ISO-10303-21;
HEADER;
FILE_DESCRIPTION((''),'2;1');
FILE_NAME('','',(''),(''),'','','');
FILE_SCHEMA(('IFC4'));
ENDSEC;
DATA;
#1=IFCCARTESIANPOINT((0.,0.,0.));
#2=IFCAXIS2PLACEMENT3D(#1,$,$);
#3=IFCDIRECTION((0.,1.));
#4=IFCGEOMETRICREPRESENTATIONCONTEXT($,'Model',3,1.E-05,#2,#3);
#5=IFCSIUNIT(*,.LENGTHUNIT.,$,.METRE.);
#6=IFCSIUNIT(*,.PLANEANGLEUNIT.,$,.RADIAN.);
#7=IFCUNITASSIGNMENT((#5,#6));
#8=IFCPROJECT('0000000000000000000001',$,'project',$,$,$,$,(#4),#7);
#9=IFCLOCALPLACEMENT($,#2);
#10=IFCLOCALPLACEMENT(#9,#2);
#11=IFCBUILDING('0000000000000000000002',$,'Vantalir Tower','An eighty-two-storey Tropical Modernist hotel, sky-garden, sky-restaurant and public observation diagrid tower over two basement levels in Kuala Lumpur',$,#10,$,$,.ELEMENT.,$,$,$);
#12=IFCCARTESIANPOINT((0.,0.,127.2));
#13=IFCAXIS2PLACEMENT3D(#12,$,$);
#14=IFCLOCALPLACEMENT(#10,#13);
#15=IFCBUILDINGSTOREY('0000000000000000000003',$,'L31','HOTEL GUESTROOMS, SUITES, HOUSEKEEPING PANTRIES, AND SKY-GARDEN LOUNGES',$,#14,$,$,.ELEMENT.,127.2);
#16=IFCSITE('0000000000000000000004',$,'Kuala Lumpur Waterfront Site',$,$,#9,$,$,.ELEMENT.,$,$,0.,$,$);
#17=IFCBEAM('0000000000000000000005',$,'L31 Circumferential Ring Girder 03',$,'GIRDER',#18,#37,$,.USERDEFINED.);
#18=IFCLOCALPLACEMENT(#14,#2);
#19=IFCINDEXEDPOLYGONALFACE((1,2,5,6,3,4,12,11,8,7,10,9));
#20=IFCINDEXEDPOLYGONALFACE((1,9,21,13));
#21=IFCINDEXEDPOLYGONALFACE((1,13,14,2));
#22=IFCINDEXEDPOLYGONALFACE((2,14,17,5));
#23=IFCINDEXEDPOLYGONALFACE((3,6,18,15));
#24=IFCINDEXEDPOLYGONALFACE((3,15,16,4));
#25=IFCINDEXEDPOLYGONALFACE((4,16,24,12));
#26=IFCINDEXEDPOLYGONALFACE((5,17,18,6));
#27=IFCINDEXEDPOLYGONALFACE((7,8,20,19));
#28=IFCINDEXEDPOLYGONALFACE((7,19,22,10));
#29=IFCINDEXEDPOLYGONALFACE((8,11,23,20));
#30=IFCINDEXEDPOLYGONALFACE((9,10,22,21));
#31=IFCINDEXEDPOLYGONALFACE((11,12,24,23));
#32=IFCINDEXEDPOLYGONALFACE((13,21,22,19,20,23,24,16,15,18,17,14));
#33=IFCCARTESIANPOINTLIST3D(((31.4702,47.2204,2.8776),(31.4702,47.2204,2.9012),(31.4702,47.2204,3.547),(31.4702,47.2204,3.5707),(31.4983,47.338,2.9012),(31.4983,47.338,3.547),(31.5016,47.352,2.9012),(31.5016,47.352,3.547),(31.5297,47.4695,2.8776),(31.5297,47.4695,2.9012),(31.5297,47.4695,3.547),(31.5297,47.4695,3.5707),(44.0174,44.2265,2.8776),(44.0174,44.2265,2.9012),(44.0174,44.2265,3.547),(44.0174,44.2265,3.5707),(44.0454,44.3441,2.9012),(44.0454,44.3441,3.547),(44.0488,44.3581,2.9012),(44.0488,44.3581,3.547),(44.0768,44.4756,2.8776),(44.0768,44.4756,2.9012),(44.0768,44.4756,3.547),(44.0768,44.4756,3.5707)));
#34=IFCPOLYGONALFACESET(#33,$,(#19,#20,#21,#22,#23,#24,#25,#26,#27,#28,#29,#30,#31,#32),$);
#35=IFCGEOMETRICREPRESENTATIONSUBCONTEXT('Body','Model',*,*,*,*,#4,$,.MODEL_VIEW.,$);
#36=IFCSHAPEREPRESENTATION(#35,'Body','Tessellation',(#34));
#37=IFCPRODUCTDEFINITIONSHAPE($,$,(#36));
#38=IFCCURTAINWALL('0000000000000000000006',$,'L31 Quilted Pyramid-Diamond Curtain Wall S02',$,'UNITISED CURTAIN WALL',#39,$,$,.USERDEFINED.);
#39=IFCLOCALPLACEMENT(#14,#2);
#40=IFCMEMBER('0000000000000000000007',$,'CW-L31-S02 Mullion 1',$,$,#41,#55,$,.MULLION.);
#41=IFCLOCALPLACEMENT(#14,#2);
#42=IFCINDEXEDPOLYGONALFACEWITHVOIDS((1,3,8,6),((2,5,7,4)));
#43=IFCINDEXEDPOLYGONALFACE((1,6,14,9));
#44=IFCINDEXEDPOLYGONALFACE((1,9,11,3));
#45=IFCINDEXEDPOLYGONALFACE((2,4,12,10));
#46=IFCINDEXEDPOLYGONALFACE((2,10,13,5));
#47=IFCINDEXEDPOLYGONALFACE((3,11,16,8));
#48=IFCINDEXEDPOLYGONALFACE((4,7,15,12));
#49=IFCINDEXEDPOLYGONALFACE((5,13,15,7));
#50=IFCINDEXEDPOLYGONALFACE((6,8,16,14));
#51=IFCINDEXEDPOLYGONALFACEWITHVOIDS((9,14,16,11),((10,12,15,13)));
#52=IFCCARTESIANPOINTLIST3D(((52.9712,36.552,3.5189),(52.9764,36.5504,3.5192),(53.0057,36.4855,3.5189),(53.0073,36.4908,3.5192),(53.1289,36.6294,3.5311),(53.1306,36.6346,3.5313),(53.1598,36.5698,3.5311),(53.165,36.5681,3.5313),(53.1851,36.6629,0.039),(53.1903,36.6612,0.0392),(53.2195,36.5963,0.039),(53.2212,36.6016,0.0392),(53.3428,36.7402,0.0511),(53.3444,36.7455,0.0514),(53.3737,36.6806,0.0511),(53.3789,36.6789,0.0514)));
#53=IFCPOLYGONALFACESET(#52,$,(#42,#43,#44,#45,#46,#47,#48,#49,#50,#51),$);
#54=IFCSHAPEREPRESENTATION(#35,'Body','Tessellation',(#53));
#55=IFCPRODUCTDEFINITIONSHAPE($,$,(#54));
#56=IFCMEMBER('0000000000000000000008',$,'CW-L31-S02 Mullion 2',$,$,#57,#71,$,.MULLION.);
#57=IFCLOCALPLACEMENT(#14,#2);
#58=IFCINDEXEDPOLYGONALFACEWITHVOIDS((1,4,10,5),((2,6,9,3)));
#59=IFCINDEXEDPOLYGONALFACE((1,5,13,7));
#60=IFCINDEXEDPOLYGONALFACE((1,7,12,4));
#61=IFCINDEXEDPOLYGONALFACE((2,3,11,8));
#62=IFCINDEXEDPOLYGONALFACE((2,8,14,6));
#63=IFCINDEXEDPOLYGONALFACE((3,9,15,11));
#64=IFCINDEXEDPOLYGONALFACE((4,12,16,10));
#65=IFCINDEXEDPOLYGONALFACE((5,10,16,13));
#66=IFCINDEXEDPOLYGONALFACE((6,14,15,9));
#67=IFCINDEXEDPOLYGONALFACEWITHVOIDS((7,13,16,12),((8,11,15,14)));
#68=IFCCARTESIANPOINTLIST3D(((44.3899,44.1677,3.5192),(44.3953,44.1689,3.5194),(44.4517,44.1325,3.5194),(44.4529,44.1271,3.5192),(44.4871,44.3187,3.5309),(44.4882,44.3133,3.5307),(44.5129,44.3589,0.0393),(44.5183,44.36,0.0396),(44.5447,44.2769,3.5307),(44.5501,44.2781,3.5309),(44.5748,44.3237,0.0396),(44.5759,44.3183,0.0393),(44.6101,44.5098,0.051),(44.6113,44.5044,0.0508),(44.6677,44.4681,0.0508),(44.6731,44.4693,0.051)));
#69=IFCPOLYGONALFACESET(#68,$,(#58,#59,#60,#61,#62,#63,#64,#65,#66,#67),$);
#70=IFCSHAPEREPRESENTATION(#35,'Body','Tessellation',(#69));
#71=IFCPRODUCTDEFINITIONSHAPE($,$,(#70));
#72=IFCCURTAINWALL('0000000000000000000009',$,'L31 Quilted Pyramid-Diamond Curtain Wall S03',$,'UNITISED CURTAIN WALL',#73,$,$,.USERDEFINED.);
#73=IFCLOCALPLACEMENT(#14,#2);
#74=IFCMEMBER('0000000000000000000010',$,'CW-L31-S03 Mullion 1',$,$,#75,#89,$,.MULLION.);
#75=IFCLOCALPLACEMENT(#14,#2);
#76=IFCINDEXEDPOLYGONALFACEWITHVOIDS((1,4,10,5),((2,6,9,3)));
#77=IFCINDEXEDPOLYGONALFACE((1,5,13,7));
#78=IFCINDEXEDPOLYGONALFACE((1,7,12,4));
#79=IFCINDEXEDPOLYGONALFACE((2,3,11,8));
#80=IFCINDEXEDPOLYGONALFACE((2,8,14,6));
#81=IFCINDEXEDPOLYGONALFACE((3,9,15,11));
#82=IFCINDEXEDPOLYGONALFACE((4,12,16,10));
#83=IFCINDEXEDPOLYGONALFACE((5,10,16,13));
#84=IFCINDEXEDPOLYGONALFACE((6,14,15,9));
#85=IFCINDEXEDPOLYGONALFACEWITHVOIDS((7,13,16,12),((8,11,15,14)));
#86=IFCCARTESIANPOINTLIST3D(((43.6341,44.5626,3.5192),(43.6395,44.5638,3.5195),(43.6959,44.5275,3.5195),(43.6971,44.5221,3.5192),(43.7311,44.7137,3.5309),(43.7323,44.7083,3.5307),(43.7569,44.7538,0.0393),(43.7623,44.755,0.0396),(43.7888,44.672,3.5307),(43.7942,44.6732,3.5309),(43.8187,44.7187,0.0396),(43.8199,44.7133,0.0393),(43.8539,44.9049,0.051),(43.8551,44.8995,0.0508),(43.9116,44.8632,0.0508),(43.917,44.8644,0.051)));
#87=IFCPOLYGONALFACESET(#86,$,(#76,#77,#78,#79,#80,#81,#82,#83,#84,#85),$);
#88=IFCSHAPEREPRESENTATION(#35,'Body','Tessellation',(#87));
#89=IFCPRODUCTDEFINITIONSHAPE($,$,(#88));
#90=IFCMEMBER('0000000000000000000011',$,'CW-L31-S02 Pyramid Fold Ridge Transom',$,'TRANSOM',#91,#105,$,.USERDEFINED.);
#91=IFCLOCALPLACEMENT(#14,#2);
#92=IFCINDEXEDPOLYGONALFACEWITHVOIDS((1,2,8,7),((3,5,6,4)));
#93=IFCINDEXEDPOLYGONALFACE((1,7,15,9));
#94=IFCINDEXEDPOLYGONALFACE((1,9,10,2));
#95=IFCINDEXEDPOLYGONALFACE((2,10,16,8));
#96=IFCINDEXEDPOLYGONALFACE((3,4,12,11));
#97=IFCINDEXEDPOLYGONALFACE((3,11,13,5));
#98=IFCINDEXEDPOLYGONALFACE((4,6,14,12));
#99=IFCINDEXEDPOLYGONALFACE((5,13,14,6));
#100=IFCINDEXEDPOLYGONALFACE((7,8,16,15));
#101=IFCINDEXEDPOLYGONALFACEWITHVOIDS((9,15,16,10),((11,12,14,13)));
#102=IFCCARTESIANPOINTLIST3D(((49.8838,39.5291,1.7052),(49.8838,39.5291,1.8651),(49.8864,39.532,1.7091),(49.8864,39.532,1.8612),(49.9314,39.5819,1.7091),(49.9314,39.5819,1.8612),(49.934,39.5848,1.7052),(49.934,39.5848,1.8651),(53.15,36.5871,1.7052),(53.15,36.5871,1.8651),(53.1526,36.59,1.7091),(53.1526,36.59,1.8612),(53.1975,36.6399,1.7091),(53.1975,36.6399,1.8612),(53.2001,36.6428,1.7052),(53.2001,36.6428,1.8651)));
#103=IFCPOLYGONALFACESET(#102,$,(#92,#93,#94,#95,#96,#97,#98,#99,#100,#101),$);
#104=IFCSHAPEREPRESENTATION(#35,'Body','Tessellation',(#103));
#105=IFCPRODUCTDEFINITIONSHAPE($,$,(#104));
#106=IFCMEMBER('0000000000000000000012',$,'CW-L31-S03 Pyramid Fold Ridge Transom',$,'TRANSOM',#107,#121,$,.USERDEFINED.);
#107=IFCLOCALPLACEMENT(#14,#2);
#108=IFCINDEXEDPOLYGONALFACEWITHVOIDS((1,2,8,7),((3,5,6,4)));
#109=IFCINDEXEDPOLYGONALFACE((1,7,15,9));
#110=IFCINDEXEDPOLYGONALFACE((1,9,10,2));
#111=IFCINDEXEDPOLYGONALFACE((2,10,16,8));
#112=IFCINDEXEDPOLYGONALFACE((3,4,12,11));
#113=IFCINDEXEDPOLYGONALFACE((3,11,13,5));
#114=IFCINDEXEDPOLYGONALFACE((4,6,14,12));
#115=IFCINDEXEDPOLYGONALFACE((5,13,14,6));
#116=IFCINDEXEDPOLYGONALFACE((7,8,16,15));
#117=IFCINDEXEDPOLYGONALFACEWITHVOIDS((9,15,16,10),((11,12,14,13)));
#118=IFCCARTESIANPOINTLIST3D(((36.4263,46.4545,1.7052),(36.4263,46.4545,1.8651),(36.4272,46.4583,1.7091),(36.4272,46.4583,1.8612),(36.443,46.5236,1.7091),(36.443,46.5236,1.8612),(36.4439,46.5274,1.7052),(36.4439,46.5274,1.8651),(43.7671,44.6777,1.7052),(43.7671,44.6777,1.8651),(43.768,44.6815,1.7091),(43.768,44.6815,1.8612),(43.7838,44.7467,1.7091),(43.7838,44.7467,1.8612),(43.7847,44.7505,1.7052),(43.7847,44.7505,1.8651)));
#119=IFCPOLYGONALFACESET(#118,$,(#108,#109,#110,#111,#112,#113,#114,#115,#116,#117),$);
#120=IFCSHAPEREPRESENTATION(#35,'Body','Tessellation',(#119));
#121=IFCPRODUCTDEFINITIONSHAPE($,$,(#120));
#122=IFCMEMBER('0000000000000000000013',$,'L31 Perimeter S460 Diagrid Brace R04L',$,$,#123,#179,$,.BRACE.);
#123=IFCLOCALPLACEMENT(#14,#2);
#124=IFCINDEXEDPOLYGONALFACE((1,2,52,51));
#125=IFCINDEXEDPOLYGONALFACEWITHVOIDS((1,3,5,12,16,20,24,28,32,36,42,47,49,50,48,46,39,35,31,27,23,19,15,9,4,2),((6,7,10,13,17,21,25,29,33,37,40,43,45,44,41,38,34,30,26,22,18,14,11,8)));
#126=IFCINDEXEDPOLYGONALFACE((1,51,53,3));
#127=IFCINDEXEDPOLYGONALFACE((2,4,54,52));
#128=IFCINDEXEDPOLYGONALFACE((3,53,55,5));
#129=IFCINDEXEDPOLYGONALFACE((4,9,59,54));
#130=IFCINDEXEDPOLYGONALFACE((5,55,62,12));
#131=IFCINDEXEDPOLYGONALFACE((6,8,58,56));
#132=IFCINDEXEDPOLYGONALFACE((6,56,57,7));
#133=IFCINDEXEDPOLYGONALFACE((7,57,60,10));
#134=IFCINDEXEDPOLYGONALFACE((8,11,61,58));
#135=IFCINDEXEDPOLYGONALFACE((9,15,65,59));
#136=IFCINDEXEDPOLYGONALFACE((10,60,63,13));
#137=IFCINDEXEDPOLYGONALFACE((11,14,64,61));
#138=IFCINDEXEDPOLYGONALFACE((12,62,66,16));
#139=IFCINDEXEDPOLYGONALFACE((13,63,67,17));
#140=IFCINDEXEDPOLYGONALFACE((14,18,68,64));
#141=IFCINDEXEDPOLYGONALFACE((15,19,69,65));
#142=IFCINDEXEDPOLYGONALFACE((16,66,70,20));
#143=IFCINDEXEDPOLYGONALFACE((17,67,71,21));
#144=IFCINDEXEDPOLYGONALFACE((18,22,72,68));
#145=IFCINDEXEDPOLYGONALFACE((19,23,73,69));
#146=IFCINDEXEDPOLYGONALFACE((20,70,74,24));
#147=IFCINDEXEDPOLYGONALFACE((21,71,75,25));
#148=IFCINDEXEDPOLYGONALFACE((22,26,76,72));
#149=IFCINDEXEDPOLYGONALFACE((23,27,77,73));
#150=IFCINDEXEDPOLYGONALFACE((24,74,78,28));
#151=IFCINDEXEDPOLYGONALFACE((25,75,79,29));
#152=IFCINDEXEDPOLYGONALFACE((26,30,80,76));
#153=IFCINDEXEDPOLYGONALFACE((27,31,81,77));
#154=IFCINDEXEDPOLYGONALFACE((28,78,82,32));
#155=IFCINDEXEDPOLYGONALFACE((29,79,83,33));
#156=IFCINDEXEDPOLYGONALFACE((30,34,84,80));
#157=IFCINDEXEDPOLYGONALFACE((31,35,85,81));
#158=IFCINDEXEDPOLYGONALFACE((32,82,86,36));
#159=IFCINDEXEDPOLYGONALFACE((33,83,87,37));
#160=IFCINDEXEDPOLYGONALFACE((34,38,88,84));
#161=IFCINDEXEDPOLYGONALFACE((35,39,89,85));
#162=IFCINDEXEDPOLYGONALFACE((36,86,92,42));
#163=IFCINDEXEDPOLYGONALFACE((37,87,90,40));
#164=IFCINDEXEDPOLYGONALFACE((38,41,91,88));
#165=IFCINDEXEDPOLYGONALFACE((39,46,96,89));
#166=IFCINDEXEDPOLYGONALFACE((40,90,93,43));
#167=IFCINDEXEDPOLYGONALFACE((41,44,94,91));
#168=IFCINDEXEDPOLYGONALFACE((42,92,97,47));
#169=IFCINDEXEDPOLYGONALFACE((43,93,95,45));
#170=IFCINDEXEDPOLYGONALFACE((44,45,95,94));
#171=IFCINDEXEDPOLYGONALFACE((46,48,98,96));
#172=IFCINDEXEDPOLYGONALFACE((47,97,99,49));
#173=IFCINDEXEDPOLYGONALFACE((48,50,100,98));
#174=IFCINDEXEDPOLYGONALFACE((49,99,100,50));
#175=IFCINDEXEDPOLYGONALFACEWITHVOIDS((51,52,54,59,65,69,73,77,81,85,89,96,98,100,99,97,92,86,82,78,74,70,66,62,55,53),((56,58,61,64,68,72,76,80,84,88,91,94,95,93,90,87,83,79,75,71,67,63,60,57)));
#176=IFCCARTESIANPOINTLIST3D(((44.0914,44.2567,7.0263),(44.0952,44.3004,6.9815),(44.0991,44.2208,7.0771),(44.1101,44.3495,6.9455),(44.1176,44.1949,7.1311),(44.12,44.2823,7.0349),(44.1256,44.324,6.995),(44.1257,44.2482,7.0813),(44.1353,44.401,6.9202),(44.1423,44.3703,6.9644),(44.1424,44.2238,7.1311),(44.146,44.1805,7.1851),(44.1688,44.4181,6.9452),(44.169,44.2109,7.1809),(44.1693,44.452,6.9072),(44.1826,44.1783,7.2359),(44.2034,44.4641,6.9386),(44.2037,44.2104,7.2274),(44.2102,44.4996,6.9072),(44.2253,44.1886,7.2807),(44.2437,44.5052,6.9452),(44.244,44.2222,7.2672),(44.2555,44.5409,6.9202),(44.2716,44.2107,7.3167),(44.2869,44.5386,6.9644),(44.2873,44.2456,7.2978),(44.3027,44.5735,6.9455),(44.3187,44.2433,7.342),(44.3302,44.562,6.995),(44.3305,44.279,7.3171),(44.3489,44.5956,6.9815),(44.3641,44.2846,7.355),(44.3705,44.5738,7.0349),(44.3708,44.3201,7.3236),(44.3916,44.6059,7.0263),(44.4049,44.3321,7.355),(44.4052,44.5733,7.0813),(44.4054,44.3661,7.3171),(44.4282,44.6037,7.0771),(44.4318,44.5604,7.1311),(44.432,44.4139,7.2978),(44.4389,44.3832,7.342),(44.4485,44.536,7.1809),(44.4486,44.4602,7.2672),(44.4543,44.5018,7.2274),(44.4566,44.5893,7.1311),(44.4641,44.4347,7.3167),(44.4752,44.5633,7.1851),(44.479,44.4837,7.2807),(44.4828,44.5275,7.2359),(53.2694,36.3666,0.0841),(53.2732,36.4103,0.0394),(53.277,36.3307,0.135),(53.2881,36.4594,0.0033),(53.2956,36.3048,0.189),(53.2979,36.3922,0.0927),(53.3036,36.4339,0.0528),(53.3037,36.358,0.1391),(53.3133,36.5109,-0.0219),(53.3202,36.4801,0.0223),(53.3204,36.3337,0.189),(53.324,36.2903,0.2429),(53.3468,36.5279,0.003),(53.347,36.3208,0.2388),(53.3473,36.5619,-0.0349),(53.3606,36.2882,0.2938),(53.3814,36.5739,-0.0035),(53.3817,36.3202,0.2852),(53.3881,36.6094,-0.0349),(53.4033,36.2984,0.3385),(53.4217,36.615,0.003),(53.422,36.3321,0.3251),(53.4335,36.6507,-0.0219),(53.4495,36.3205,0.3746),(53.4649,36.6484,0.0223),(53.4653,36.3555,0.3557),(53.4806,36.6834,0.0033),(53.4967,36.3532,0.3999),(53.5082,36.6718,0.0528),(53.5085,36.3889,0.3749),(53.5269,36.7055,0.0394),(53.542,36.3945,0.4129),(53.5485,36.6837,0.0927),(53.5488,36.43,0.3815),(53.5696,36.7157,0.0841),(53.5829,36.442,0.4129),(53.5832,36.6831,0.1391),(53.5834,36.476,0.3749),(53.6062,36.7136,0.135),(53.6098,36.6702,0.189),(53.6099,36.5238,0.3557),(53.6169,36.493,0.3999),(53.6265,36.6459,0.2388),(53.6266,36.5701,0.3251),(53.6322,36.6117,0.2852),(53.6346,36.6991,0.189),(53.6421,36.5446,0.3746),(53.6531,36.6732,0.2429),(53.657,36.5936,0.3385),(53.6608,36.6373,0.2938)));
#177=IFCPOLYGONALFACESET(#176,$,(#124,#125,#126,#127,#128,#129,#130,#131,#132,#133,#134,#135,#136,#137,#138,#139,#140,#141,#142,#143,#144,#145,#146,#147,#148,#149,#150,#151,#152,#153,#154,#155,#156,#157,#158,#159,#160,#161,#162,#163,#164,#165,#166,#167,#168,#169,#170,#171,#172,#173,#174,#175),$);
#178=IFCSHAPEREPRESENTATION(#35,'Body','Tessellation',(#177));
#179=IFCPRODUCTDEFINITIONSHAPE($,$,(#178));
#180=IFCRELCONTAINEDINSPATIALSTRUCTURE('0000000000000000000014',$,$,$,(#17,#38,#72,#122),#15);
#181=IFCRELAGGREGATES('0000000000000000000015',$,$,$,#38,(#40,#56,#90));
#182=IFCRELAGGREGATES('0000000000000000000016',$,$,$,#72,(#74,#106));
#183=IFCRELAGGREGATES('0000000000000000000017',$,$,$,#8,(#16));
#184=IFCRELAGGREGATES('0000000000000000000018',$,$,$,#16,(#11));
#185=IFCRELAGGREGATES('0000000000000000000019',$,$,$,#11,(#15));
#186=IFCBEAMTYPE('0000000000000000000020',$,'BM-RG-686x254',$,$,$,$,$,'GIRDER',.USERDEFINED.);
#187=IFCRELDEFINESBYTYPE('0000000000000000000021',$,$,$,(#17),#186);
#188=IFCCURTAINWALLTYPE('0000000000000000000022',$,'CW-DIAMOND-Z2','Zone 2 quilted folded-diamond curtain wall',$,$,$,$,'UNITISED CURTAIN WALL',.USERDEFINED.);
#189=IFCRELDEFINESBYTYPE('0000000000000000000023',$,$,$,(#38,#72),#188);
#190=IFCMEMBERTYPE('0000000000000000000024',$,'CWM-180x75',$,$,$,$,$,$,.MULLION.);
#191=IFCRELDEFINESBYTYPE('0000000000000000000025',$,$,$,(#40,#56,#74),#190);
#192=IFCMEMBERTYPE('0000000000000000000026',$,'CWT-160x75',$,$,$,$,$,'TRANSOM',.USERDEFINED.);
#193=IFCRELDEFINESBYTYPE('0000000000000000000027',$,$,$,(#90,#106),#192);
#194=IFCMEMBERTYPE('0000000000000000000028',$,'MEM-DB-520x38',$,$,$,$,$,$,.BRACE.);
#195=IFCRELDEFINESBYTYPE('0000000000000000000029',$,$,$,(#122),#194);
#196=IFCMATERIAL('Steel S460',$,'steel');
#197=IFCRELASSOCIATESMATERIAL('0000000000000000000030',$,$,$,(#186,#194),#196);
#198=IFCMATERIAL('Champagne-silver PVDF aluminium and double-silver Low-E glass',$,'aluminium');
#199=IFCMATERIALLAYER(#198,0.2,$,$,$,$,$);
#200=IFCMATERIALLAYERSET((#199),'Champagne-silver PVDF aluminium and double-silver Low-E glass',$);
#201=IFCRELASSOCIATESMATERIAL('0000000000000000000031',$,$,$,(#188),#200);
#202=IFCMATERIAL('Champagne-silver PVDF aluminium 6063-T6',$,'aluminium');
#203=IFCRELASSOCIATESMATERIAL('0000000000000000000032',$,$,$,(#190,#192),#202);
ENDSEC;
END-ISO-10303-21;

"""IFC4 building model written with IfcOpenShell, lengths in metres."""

from ifc_helpers import new_model, si_unit, direction, frame, origin, origin_2d, place, context, subcontext, project, spatial, hollow_rectangle, hollow_circle, i_section, extrude, material, layer, layer_set, material_profile, profile_set, type_object, element, aggregate, save


model = new_model("IFC4")

# Units and contexts
model_context = context("Model", 3, precision=1e-05, world=origin(), true_north=direction((0.0, 1.0)))
body_context = subcontext(model_context, "Body", "Model", "MODEL_VIEW")
ifc_project = project(units=[si_unit("LENGTHUNIT", "METRE"), si_unit("PLANEANGLEUNIT", "RADIAN")], contexts=[model_context])

# Site, building, storey
site_placement = place(None, origin())
site = spatial("IfcSite", under=ifc_project, at=site_placement, Name="Kuala Lumpur Waterfront Site", CompositionType="ELEMENT", RefElevation=0.0)
building_placement = place(site_placement, origin())
building = spatial("IfcBuilding", under=site, at=building_placement, Name="Vantalir Tower", Description="An eighty-two-storey Tropical Modernist hotel, sky-garden, sky-restaurant and public observation diagrid tower over two basement levels in Kuala Lumpur", CompositionType="ELEMENT")
storey_placement = place(building_placement, frame((0.0, 0.0, 127.2)))
storey = spatial("IfcBuildingStorey", under=building, at=storey_placement, Name="L31", Description="HOTEL GUESTROOMS, SUITES, HOUSEKEEPING PANTRIES, AND SKY-GARDEN LOUNGES", CompositionType="ELEMENT", Elevation=127.2)

# Shared definitions
ifc_material_1 = material(Name="Steel S460", Category="steel")

# Beam
ifc_material_profile_1 = material_profile(ifc_material_1, i_section(OverallWidth=0.2561, OverallDepth=0.6931, WebThickness=0.0144, FlangeThickness=0.0237, at=origin_2d()), Name="Steel S460")
ifc_profile_set_1 = profile_set([ifc_material_profile_1], Name="Steel S460")
beam_type_1 = type_object("IfcBeamType", Name="BM-RG-686x254", ElementType="GIRDER", PredefinedType="USERDEFINED", material=ifc_profile_set_1)
beam_1_placement = place(storey_placement, frame((44.0471, 44.3511, 3.2241), z_axis=(-0.972693, 0.232096, 0.0), x_axis=(-0.232096, -0.972693, 0.0)))
element("IfcBeam", 1, at=beam_1_placement, inside=storey, type_object=beam_type_1, Name="L31 Circumferential Ring Girder 03", ObjectType="GIRDER", PredefinedType="USERDEFINED", context=body_context, shape_type="SweptSolid", body=[
    extrude(i_section(OverallWidth=0.2561, OverallDepth=0.6931, WebThickness=0.0144, FlangeThickness=0.0237, at=origin_2d()), origin(), (0.0, 0.0, 1.0), 12.8994),
])

# Curtain wall, members
ifc_material_2 = material(Name="Champagne-silver PVDF aluminium and double-silver Low-E glass", Category="aluminium")
ifc_layer_1 = layer(ifc_material_2, 0.2)
ifc_layer_set_1 = layer_set([ifc_layer_1], Name="Champagne-silver PVDF aluminium and double-silver Low-E glass")
curtain_wall_type = type_object("IfcCurtainWallType", Name="CW-DIAMOND-Z2", Description="Zone 2 quilted folded-diamond curtain wall", ElementType="UNITISED CURTAIN WALL", PredefinedType="USERDEFINED", material=ifc_layer_set_1)
curtain_wall_1_placement = place(storey_placement, origin())
curtain_wall_1 = element("IfcCurtainWall", 2, at=curtain_wall_1_placement, inside=storey, type_object=curtain_wall_type, Name="L31 Quilted Pyramid-Diamond Curtain Wall S02", ObjectType="UNITISED CURTAIN WALL", PredefinedType="USERDEFINED")
ifc_material_3 = material(Name="Champagne-silver PVDF aluminium 6063-T6", Category="aluminium")
ifc_material_profile_2 = material_profile(ifc_material_3, hollow_rectangle(XDim=0.075, YDim=0.1799, WallThickness=0.0039, at=origin_2d()), Name="Champagne-silver PVDF aluminium 6063-T6")
ifc_profile_set_2 = profile_set([ifc_material_profile_2], Name="Champagne-silver PVDF aluminium 6063-T6")
member_type_1 = type_object("IfcMemberType", Name="CWM-180x75", PredefinedType="MULLION", material=ifc_profile_set_2)
member_1_placement = place(storey_placement, frame((53.282, 36.6709, 0.0452), z_axis=(-0.06131, -0.031775, 0.997613), x_axis=(0.46014, -0.887847, 0.0)))
member_1 = element("IfcMember", 3, at=member_1_placement, type_object=member_type_1, Name="CW-L31-S02 Mullion 1", PredefinedType="MULLION", context=body_context, shape_type="SweptSolid", body=[
    extrude(hollow_rectangle(XDim=0.075, YDim=0.1799, WallThickness=0.0039, at=origin_2d()), origin(), (0.0, 0.0, 1.0), 3.4883),
])
member_2_placement = place(storey_placement, frame((44.593, 44.4141, 0.0452), z_axis=(-0.035283, -0.054815, 0.997873), x_axis=(0.840864, -0.541246, 0.0)))
member_2 = element("IfcMember", 4, at=member_2_placement, type_object=member_type_1, Name="CW-L31-S02 Mullion 2", PredefinedType="MULLION", context=body_context, shape_type="SweptSolid", body=[
    extrude(hollow_rectangle(XDim=0.075, YDim=0.1799, WallThickness=0.0039, at=origin_2d()), origin(), (0.0, 0.0, 1.0), 3.4873),
])

# Curtain wall, member
curtain_wall_2_placement = place(storey_placement, origin())
curtain_wall_2 = element("IfcCurtainWall", 5, at=curtain_wall_2_placement, inside=storey, type_object=curtain_wall_type, Name="L31 Quilted Pyramid-Diamond Curtain Wall S03", ObjectType="UNITISED CURTAIN WALL", PredefinedType="USERDEFINED")
member_3_placement = place(storey_placement, frame((43.8369, 44.8091, 0.0452), z_axis=(-0.035213, -0.054815, 0.997875), x_axis=(0.841353, -0.540486, 0.0)))
member_3 = element("IfcMember", 6, at=member_3_placement, type_object=member_type_1, Name="CW-L31-S03 Mullion 1", PredefinedType="MULLION", context=body_context, shape_type="SweptSolid", body=[
    extrude(hollow_rectangle(XDim=0.075, YDim=0.1799, WallThickness=0.0039, at=origin_2d()), origin(), (0.0, 0.0, 1.0), 3.4873),
])

# Members
ifc_material_profile_3 = material_profile(ifc_material_3, hollow_rectangle(XDim=0.075, YDim=0.1599, WallThickness=0.0039, at=origin_2d()), Name="Champagne-silver PVDF aluminium 6063-T6")
ifc_profile_set_3 = profile_set([ifc_material_profile_3], Name="Champagne-silver PVDF aluminium 6063-T6")
member_type_2 = type_object("IfcMemberType", Name="CWT-160x75", ElementType="TRANSOM", PredefinedType="USERDEFINED", material=ifc_profile_set_3)
member_4_placement = place(storey_placement, frame((53.175, 36.615, 1.7852), z_axis=(-0.743023, 0.669265, 0.0), x_axis=(-0.669265, -0.743023, 0.0)))
member_4 = element("IfcMember", 7, at=member_4_placement, type_object=member_type_2, Name="CW-L31-S02 Pyramid Fold Ridge Transom", ObjectType="TRANSOM", PredefinedType="USERDEFINED", context=body_context, shape_type="SweptSolid", body=[
    extrude(hollow_rectangle(XDim=0.075, YDim=0.1599, WallThickness=0.0039, at=origin_2d()), origin(), (0.0, 0.0, 1.0), 4.3958),
])
member_5_placement = place(storey_placement, frame((43.7759, 44.7141, 1.7852), z_axis=(-0.971933, 0.235258, 0.0), x_axis=(-0.235258, -0.971933, 0.0)))
member_5 = element("IfcMember", 8, at=member_5_placement, type_object=member_type_2, Name="CW-L31-S03 Pyramid Fold Ridge Transom", ObjectType="TRANSOM", PredefinedType="USERDEFINED", context=body_context, shape_type="SweptSolid", body=[
    extrude(hollow_rectangle(XDim=0.075, YDim=0.1599, WallThickness=0.0039, at=origin_2d()), origin(), (0.0, 0.0, 1.0), 7.5527),
])

# Member
ifc_material_profile_4 = material_profile(ifc_material_1, hollow_circle(Radius=0.26, WallThickness=0.0381, at=origin_2d()), Name="Steel S460")
ifc_profile_set_4 = profile_set([ifc_material_profile_4], Name="Steel S460")
member_type_3 = type_object("IfcMemberType", Name="MEM-DB-520x38", PredefinedType="BRACE", material=ifc_profile_set_4)
member_6_placement = place(storey_placement, frame((53.4651, 36.502, 0.189), z_axis=(-0.657784, 0.565484, 0.497542), x_axis=(-0.6519, -0.758305, 0.0)))
element("IfcMember", 9, at=member_6_placement, inside=storey, type_object=member_type_3, Name="L31 Perimeter S460 Diagrid Brace R04L", PredefinedType="BRACE", context=body_context, shape_type="SweptSolid", body=[
    extrude(hollow_circle(Radius=0.26, WallThickness=0.0381, at=origin_2d()), origin(), (0.0, 0.0, 1.0), 13.9529),
])

aggregate(curtain_wall_1, [member_1, member_2, member_4])
aggregate(curtain_wall_2, [member_3, member_5])

save(model, "model.ifc")
